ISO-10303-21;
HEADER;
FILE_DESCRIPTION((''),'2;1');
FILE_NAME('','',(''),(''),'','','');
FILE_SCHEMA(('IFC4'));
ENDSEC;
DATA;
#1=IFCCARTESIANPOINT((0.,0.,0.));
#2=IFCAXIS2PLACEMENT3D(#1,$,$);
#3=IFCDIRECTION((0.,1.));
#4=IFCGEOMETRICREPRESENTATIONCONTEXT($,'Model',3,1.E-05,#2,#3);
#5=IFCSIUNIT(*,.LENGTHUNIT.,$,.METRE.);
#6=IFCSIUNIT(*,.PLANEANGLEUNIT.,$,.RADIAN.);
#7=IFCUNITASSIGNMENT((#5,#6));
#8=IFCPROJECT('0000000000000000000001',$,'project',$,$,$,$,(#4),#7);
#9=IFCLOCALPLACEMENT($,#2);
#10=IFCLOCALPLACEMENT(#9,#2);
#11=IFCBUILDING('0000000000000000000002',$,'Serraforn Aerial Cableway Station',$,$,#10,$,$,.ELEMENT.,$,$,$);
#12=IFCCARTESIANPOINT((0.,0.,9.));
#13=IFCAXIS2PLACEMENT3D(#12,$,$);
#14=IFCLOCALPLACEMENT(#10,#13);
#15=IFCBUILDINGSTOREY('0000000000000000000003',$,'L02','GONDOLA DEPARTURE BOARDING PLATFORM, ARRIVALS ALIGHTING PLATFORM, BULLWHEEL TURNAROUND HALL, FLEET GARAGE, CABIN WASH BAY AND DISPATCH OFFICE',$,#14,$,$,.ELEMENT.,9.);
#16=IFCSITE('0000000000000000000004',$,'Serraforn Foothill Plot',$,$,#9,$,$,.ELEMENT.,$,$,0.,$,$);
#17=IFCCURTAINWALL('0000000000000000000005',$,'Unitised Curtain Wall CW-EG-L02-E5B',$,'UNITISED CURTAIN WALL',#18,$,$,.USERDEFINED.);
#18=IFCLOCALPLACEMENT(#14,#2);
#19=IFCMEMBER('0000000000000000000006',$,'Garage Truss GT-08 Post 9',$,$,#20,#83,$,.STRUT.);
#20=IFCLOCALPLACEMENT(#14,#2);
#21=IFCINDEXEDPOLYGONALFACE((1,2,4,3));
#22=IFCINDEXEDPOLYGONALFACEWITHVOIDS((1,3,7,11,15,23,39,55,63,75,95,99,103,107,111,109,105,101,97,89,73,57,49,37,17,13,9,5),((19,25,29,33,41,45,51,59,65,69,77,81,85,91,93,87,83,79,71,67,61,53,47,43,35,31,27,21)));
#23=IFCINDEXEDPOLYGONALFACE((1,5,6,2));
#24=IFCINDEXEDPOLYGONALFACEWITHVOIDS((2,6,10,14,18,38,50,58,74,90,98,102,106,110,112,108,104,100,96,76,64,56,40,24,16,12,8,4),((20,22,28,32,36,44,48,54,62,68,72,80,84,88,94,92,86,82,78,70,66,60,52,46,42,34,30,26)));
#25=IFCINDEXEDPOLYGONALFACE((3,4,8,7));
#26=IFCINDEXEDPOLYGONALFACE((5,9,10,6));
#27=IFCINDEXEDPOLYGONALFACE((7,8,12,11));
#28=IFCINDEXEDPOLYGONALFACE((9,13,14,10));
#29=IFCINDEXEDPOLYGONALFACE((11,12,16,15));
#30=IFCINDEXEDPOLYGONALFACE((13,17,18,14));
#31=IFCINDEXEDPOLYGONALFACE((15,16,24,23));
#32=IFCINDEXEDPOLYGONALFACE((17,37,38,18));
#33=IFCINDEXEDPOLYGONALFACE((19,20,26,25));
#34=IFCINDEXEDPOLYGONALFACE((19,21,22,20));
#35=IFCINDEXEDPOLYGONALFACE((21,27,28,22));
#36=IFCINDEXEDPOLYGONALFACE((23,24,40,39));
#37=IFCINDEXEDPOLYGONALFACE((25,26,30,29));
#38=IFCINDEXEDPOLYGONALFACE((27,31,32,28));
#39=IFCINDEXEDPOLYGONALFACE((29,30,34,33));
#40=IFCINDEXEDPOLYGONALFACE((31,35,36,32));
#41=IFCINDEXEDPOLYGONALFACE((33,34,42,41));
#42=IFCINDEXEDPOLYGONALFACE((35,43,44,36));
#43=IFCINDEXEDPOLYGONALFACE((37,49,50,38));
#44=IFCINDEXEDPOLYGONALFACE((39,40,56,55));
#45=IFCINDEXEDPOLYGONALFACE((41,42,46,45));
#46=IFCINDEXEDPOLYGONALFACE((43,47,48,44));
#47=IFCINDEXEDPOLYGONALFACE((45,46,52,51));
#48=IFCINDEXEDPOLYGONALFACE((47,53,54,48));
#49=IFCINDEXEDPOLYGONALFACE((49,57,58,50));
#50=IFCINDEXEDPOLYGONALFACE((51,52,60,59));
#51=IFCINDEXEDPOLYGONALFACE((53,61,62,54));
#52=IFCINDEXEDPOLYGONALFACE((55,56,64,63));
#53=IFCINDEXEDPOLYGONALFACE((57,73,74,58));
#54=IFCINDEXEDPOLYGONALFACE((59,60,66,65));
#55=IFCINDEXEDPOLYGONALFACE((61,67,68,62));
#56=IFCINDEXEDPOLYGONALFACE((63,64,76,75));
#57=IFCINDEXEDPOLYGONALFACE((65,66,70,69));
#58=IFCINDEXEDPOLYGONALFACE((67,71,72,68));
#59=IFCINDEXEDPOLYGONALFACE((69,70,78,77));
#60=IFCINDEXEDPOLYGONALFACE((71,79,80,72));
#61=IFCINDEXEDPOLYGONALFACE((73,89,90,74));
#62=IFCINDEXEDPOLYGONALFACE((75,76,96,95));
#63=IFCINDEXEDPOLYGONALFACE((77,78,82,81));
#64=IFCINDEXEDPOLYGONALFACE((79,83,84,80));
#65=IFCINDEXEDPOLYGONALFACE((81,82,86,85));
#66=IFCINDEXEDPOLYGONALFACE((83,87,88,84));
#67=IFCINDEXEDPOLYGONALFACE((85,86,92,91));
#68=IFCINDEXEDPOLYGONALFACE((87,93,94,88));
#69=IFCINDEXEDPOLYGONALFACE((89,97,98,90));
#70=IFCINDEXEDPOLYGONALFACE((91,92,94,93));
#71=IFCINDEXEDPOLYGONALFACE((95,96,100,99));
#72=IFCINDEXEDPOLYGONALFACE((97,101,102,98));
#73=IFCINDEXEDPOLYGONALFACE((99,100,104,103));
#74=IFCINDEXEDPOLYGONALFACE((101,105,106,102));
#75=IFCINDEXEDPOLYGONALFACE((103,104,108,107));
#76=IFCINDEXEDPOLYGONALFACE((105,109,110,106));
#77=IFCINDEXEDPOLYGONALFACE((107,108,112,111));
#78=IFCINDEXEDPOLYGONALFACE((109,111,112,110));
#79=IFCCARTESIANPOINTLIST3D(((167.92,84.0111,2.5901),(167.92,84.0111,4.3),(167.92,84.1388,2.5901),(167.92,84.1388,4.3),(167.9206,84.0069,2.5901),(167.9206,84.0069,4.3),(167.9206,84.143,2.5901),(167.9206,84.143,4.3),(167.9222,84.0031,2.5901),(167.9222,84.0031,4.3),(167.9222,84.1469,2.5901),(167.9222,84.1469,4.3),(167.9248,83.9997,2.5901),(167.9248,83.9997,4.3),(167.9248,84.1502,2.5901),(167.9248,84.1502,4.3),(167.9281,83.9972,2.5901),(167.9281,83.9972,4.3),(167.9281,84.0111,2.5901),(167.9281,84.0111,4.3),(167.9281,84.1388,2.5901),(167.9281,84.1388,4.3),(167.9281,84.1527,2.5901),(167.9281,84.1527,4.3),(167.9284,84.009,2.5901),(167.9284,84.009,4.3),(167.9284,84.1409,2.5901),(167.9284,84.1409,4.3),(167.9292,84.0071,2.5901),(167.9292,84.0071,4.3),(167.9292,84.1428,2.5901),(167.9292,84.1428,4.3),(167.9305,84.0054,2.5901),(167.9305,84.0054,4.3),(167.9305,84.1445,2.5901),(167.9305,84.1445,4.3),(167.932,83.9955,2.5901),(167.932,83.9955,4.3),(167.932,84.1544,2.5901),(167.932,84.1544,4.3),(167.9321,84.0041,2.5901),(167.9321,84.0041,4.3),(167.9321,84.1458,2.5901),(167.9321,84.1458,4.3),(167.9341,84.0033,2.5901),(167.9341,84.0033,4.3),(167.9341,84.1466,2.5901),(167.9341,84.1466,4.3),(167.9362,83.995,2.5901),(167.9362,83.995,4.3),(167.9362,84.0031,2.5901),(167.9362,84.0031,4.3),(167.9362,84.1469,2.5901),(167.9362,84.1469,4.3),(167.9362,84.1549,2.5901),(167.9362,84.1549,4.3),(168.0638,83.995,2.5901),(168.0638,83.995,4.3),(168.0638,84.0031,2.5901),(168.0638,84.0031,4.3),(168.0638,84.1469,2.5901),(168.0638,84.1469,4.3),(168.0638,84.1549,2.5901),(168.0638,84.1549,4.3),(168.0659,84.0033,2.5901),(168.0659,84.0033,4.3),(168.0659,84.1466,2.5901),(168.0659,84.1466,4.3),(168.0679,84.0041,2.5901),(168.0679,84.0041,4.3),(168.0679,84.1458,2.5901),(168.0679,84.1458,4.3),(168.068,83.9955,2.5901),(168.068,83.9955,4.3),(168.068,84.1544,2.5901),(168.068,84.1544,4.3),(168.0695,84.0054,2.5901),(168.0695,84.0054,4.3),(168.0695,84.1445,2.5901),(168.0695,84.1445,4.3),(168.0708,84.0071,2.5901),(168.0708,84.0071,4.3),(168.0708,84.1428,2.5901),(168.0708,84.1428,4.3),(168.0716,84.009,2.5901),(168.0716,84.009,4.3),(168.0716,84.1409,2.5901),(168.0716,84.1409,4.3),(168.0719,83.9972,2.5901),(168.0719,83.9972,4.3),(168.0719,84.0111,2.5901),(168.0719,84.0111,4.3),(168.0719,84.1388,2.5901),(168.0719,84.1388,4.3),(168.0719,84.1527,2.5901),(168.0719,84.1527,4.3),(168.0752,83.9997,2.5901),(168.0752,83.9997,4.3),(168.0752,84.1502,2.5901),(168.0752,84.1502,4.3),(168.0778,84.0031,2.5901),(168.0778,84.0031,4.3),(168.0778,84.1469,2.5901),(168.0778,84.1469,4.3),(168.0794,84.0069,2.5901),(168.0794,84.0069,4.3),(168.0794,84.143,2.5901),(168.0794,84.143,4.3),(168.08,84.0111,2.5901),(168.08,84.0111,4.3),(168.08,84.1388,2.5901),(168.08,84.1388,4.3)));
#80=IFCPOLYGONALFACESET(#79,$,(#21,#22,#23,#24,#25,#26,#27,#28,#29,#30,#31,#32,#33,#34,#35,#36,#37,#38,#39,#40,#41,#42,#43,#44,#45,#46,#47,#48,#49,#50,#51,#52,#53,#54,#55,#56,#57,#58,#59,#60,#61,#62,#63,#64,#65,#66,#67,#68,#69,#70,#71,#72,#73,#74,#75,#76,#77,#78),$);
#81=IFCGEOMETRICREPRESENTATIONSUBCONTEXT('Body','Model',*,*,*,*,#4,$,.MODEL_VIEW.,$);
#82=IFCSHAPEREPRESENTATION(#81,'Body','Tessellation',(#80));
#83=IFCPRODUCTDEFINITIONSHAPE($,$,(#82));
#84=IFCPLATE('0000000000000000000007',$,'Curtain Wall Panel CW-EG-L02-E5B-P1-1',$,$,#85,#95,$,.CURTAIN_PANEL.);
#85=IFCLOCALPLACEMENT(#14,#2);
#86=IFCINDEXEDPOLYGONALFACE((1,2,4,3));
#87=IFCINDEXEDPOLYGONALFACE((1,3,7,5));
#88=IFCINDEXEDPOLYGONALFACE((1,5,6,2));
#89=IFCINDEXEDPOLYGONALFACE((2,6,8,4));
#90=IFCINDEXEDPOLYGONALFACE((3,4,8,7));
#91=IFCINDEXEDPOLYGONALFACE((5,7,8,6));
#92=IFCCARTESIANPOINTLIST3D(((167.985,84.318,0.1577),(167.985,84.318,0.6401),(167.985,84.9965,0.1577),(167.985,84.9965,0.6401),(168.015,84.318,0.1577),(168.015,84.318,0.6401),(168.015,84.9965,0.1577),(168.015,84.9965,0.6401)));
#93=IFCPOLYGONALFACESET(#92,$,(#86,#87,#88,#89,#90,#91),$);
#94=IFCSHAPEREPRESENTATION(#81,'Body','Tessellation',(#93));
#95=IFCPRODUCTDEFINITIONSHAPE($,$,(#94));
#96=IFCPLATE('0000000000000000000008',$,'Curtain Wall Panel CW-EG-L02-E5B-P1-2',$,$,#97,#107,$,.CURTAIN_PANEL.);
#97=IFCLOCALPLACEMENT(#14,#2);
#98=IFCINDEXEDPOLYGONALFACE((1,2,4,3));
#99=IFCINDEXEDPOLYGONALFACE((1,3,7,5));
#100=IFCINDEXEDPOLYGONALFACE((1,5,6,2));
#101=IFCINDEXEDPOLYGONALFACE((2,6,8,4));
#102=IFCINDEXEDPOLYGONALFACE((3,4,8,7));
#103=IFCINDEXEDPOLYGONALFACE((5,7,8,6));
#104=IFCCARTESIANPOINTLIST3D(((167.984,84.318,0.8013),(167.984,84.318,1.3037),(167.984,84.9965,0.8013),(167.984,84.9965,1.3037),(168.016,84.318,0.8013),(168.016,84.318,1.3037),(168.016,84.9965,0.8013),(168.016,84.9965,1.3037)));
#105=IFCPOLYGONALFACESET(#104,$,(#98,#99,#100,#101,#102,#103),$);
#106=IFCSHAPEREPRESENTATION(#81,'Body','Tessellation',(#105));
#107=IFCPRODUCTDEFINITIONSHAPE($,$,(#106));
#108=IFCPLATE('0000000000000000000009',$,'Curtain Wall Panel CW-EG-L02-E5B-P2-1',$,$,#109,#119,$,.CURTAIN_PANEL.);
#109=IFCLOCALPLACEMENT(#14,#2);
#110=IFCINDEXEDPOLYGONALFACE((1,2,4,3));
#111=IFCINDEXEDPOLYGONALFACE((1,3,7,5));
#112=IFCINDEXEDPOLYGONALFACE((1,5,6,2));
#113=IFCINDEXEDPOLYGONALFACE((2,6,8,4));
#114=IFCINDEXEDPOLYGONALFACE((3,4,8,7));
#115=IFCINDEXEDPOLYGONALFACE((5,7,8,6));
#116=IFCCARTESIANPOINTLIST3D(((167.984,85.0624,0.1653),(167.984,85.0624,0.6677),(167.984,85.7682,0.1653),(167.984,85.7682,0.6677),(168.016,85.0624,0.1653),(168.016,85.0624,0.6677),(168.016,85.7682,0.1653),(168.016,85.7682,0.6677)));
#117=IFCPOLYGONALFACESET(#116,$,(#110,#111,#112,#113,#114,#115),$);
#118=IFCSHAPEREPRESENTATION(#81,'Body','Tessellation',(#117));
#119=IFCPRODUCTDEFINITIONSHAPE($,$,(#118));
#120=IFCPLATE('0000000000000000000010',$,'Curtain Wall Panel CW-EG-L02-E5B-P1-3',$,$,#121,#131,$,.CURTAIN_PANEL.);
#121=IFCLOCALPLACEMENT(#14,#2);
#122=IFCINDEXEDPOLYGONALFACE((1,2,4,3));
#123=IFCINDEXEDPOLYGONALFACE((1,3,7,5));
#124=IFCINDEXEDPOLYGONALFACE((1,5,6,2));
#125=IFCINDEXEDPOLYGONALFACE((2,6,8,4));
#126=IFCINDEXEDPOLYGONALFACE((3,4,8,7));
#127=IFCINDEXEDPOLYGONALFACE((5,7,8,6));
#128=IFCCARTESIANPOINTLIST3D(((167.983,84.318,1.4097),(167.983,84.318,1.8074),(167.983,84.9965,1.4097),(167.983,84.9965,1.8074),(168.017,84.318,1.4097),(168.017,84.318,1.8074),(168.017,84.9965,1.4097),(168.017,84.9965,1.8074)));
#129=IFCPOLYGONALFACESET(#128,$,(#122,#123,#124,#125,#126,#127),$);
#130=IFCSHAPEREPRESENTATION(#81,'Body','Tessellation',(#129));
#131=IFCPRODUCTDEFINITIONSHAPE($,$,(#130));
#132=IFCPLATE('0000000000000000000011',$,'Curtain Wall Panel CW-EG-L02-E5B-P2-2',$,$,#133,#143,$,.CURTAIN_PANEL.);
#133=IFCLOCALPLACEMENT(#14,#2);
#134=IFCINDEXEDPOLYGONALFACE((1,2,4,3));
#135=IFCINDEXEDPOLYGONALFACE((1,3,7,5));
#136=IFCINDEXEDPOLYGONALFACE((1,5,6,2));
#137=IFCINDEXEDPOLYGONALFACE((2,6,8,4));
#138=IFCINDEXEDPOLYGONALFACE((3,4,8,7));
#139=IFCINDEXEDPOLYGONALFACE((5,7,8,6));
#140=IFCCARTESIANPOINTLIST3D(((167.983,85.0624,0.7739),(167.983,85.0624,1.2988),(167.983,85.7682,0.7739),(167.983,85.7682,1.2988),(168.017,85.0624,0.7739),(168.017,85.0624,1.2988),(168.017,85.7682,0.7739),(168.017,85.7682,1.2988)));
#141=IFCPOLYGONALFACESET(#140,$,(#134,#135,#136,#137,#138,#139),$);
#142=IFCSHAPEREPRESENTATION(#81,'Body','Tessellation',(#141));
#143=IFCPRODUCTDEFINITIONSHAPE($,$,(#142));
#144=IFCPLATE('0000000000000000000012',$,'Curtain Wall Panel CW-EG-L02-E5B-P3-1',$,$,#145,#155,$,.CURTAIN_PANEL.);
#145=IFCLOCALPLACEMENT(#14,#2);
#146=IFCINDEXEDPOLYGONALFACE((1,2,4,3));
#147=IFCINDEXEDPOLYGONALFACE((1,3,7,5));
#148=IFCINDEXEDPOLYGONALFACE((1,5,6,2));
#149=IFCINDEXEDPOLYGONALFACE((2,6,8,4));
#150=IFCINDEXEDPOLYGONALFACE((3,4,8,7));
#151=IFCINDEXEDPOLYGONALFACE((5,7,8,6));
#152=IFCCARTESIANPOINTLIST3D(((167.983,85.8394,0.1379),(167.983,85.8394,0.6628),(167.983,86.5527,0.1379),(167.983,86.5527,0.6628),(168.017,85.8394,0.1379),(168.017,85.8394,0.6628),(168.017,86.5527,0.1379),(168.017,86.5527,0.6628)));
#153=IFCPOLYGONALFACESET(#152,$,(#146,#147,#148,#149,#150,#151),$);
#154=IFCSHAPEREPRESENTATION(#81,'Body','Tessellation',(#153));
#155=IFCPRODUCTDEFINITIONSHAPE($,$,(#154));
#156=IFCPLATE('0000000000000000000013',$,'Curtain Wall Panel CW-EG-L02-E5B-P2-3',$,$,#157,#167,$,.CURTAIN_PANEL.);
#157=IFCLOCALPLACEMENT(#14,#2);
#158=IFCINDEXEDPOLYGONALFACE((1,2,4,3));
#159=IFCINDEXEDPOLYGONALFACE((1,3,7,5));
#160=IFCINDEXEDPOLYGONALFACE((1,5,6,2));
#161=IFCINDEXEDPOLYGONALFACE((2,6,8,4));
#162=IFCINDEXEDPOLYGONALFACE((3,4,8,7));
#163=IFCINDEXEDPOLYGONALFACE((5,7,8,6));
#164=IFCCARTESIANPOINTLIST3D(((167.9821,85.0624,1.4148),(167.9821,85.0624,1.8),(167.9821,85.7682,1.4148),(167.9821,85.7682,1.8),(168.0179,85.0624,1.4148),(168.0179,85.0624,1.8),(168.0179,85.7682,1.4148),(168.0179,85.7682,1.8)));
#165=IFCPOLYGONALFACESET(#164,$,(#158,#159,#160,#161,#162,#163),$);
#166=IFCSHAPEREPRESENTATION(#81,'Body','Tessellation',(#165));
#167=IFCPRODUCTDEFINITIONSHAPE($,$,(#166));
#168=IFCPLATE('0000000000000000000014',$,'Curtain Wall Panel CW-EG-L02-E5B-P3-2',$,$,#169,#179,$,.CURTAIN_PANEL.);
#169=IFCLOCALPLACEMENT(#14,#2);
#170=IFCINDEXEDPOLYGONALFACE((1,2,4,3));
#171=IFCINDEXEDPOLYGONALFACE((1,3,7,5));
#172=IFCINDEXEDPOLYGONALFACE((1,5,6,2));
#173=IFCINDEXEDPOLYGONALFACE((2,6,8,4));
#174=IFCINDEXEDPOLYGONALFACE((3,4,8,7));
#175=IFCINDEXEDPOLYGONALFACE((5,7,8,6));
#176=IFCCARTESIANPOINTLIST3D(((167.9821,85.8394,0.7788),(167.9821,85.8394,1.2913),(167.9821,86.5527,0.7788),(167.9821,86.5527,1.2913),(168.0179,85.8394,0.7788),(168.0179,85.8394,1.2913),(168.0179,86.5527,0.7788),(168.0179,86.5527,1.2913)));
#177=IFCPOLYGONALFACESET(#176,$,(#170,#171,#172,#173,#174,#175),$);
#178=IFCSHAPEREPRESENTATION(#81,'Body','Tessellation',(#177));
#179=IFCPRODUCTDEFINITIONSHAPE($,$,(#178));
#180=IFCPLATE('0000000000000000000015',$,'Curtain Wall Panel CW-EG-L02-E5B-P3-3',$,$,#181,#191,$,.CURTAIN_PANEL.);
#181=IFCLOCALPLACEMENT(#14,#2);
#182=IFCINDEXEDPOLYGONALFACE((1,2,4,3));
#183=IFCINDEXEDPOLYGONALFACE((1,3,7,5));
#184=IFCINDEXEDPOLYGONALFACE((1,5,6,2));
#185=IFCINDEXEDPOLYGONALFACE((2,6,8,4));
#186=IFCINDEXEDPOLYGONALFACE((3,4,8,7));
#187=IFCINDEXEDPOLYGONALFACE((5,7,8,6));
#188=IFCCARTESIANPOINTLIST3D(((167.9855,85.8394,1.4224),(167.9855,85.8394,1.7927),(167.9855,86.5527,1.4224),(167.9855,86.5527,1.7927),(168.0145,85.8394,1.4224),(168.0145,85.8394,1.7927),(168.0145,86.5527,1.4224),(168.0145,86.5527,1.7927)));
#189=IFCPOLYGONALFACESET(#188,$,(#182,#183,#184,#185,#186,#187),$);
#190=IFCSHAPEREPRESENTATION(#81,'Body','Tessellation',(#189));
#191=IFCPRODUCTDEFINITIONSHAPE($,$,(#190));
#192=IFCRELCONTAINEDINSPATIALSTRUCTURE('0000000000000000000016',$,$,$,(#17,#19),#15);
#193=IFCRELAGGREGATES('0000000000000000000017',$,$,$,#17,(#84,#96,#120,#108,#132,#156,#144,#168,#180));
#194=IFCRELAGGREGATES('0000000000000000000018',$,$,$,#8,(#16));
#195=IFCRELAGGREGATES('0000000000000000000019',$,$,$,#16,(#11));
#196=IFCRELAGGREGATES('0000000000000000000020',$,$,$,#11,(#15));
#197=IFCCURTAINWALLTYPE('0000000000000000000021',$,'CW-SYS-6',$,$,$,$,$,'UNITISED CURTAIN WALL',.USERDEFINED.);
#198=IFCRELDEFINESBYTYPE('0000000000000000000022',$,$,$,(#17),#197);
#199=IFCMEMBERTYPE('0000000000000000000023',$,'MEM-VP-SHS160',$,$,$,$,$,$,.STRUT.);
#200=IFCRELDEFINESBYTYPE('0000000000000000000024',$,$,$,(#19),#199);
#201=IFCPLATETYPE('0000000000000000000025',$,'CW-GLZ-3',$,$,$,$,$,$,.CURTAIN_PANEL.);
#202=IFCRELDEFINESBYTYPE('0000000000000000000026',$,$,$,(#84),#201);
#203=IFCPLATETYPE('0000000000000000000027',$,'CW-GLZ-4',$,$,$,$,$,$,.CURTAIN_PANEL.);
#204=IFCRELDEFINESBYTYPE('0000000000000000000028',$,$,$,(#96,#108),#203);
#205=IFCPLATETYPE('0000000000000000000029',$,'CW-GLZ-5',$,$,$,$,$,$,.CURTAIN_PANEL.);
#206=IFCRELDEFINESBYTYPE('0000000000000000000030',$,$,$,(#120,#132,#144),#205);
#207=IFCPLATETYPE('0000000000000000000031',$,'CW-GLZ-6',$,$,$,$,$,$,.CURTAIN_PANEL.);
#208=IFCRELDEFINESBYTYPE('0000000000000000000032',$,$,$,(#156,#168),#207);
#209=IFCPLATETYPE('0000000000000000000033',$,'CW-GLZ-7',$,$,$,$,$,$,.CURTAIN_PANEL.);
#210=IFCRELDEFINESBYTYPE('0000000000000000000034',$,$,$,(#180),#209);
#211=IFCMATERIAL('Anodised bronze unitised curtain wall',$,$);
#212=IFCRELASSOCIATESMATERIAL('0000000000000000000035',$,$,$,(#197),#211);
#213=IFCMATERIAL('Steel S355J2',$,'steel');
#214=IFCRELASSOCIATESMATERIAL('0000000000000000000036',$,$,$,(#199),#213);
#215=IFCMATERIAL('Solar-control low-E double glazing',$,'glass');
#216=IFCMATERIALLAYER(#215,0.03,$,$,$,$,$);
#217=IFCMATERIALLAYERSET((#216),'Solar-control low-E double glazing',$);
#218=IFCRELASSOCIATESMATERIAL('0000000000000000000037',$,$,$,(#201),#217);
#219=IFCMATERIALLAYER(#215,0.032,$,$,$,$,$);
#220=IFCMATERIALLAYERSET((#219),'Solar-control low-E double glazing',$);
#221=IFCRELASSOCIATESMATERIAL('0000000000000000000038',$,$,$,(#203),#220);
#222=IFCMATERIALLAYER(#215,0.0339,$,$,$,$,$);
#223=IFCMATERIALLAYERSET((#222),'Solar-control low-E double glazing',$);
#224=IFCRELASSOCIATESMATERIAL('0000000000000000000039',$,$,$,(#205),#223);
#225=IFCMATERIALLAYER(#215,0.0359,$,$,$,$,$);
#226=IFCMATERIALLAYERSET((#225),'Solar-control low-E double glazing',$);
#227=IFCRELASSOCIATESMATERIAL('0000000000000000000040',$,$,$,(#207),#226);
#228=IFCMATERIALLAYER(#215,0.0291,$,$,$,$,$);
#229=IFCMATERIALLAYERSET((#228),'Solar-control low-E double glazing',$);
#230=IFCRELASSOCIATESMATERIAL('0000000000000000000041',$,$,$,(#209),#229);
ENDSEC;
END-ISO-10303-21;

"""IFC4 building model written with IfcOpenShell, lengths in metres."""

from ifc_helpers import new_model, si_unit, direction, frame, origin, origin_2d, place, context, subcontext, project, spatial, rectangle, hollow_rectangle, extrude, material, layer, layer_set, material_profile, profile_set, type_object, element, aggregate, save


model = new_model("IFC4")

# Units and contexts
model_context = context("Model", 3, precision=1e-05, world=origin(), true_north=direction((0.0, 1.0)))
body_context = subcontext(model_context, "Body", "Model", "MODEL_VIEW")
ifc_project = project(units=[si_unit("LENGTHUNIT", "METRE"), si_unit("PLANEANGLEUNIT", "RADIAN")], contexts=[model_context])

# Site, building, storey
site_placement = place(None, origin())
site = spatial("IfcSite", under=ifc_project, at=site_placement, Name="Serraforn Foothill Plot", CompositionType="ELEMENT", RefElevation=0.0)
building_placement = place(site_placement, origin())
building = spatial("IfcBuilding", under=site, at=building_placement, Name="Serraforn Aerial Cableway Station", CompositionType="ELEMENT")
storey_placement = place(building_placement, frame((0.0, 0.0, 9.0)))
storey = spatial("IfcBuildingStorey", under=building, at=storey_placement, Name="L02", Description="GONDOLA DEPARTURE BOARDING PLATFORM, ARRIVALS ALIGHTING PLATFORM, BULLWHEEL TURNAROUND HALL, FLEET GARAGE, CABIN WASH BAY AND DISPATCH OFFICE", CompositionType="ELEMENT", Elevation=9.0)

# Curtain wall
ifc_material_1 = material(Name="Anodised bronze unitised curtain wall")
curtain_wall_type_1 = type_object("IfcCurtainWallType", Name="CW-SYS-6", ElementType="UNITISED CURTAIN WALL", PredefinedType="USERDEFINED", material=ifc_material_1)
curtain_wall_1_placement = place(storey_placement, origin())
curtain_wall_1 = element("IfcCurtainWall", 1, at=curtain_wall_1_placement, inside=storey, type_object=curtain_wall_type_1, Name="Unitised Curtain Wall CW-EG-L02-E5B", ObjectType="UNITISED CURTAIN WALL", PredefinedType="USERDEFINED")

# Member
ifc_material_2 = material(Name="Steel S355J2", Category="steel")
ifc_material_profile_1 = material_profile(ifc_material_2, hollow_rectangle(XDim=0.1599, YDim=0.1599, WallThickness=0.0081, InnerFilletRadius=0.0081, OuterFilletRadius=0.0161, at=origin_2d()), Name="SHS 160x160x8.0")
ifc_profile_set_1 = profile_set([ifc_material_profile_1], Name="Steel S355J2")
member_type_1 = type_object("IfcMemberType", Name="MEM-VP-SHS160", PredefinedType="STRUT", material=ifc_profile_set_1)
member_1_placement = place(storey_placement, frame((168.0, 84.075, 2.5901), z_axis=(0.0, 0.0, 1.0), x_axis=(1.0, 0.0, 0.0)))
element("IfcMember", 2, at=member_1_placement, inside=storey, type_object=member_type_1, Name="Garage Truss GT-08 Post 9", PredefinedType="STRUT", context=body_context, shape_type="SweptSolid", body=[
    extrude(hollow_rectangle(XDim=0.1599, YDim=0.1599, WallThickness=0.0081, InnerFilletRadius=0.0081, OuterFilletRadius=0.0161, at=origin_2d()), origin(), (0.0, 0.0, 1.0), 1.71),
])

# Plates
ifc_material_3 = material(Name="Solar-control low-E double glazing", Category="glass")
ifc_layer_1 = layer(ifc_material_3, 0.03)
ifc_layer_set_1 = layer_set([ifc_layer_1], Name="Solar-control low-E double glazing")
plate_type_1 = type_object("IfcPlateType", Name="CW-GLZ-3", PredefinedType="CURTAIN_PANEL", material=ifc_layer_set_1)
plate_1_placement = place(storey_placement, frame((168.0, 84.6572, 0.1577), z_axis=(0.0, 0.0, 1.0), x_axis=(1.0, 0.0, 0.0)))
plate_1 = element("IfcPlate", 3, at=plate_1_placement, type_object=plate_type_1, Name="Curtain Wall Panel CW-EG-L02-E5B-P1-1", PredefinedType="CURTAIN_PANEL", context=body_context, shape_type="SweptSolid", body=[
    extrude(rectangle(XDim=0.03, YDim=0.6785, at=origin_2d()), origin(), (0.0, 0.0, 1.0), 0.4824),
])
ifc_layer_2 = layer(ifc_material_3, 0.032)
ifc_layer_set_2 = layer_set([ifc_layer_2], Name="Solar-control low-E double glazing")
plate_type_2 = type_object("IfcPlateType", Name="CW-GLZ-4", PredefinedType="CURTAIN_PANEL", material=ifc_layer_set_2)
plate_2_placement = place(storey_placement, frame((168.0, 84.6572, 0.8013), z_axis=(0.0, 0.0, 1.0), x_axis=(1.0, 0.0, 0.0)))
plate_2 = element("IfcPlate", 4, at=plate_2_placement, type_object=plate_type_2, Name="Curtain Wall Panel CW-EG-L02-E5B-P1-2", PredefinedType="CURTAIN_PANEL", context=body_context, shape_type="SweptSolid", body=[
    extrude(rectangle(XDim=0.032, YDim=0.6785, at=origin_2d()), origin(), (0.0, 0.0, 1.0), 0.5024),
])
plate_3_placement = place(storey_placement, frame((168.0, 85.4153, 0.1653), z_axis=(0.0, 0.0, 1.0), x_axis=(1.0, 0.0, 0.0)))
plate_3 = element("IfcPlate", 5, at=plate_3_placement, type_object=plate_type_2, Name="Curtain Wall Panel CW-EG-L02-E5B-P2-1", PredefinedType="CURTAIN_PANEL", context=body_context, shape_type="SweptSolid", body=[
    extrude(rectangle(XDim=0.032, YDim=0.7058, at=origin_2d()), origin(), (0.0, 0.0, 1.0), 0.5024),
])
ifc_layer_3 = layer(ifc_material_3, 0.0339)
ifc_layer_set_3 = layer_set([ifc_layer_3], Name="Solar-control low-E double glazing")
plate_type_3 = type_object("IfcPlateType", Name="CW-GLZ-5", PredefinedType="CURTAIN_PANEL", material=ifc_layer_set_3)
plate_4_placement = place(storey_placement, frame((168.0, 84.6572, 1.4097), z_axis=(0.0, 0.0, 1.0), x_axis=(1.0, 0.0, 0.0)))
plate_4 = element("IfcPlate", 6, at=plate_4_placement, type_object=plate_type_3, Name="Curtain Wall Panel CW-EG-L02-E5B-P1-3", PredefinedType="CURTAIN_PANEL", context=body_context, shape_type="SweptSolid", body=[
    extrude(rectangle(XDim=0.0339, YDim=0.6785, at=origin_2d()), origin(), (0.0, 0.0, 1.0), 0.3977),
])
plate_5_placement = place(storey_placement, frame((168.0, 85.4153, 0.7739), z_axis=(0.0, 0.0, 1.0), x_axis=(1.0, 0.0, 0.0)))
plate_5 = element("IfcPlate", 7, at=plate_5_placement, type_object=plate_type_3, Name="Curtain Wall Panel CW-EG-L02-E5B-P2-2", PredefinedType="CURTAIN_PANEL", context=body_context, shape_type="SweptSolid", body=[
    extrude(rectangle(XDim=0.0339, YDim=0.7058, at=origin_2d()), origin(), (0.0, 0.0, 1.0), 0.5249),
])
plate_6_placement = place(storey_placement, frame((168.0, 86.196, 0.1379), z_axis=(0.0, 0.0, 1.0), x_axis=(1.0, 0.0, 0.0)))
plate_6 = element("IfcPlate", 8, at=plate_6_placement, type_object=plate_type_3, Name="Curtain Wall Panel CW-EG-L02-E5B-P3-1", PredefinedType="CURTAIN_PANEL", context=body_context, shape_type="SweptSolid", body=[
    extrude(rectangle(XDim=0.0339, YDim=0.7134, at=origin_2d()), origin(), (0.0, 0.0, 1.0), 0.5249),
])
ifc_layer_4 = layer(ifc_material_3, 0.0359)
ifc_layer_set_4 = layer_set([ifc_layer_4], Name="Solar-control low-E double glazing")
plate_type_4 = type_object("IfcPlateType", Name="CW-GLZ-6", PredefinedType="CURTAIN_PANEL", material=ifc_layer_set_4)
plate_7_placement = place(storey_placement, frame((168.0, 85.4153, 1.4148), z_axis=(0.0, 0.0, 1.0), x_axis=(1.0, 0.0, 0.0)))
plate_7 = element("IfcPlate", 9, at=plate_7_placement, type_object=plate_type_4, Name="Curtain Wall Panel CW-EG-L02-E5B-P2-3", PredefinedType="CURTAIN_PANEL", context=body_context, shape_type="SweptSolid", body=[
    extrude(rectangle(XDim=0.0359, YDim=0.7058, at=origin_2d()), origin(), (0.0, 0.0, 1.0), 0.3853),
])
plate_8_placement = place(storey_placement, frame((168.0, 86.196, 0.7788), z_axis=(0.0, 0.0, 1.0), x_axis=(1.0, 0.0, 0.0)))
plate_8 = element("IfcPlate", 10, at=plate_8_placement, type_object=plate_type_4, Name="Curtain Wall Panel CW-EG-L02-E5B-P3-2", PredefinedType="CURTAIN_PANEL", context=body_context, shape_type="SweptSolid", body=[
    extrude(rectangle(XDim=0.0359, YDim=0.7134, at=origin_2d()), origin(), (0.0, 0.0, 1.0), 0.5125),
])
ifc_layer_5 = layer(ifc_material_3, 0.0291)
ifc_layer_set_5 = layer_set([ifc_layer_5], Name="Solar-control low-E double glazing")
plate_type_5 = type_object("IfcPlateType", Name="CW-GLZ-7", PredefinedType="CURTAIN_PANEL", material=ifc_layer_set_5)
plate_9_placement = place(storey_placement, frame((168.0, 86.196, 1.4224), z_axis=(0.0, 0.0, 1.0), x_axis=(1.0, 0.0, 0.0)))
plate_9 = element("IfcPlate", 11, at=plate_9_placement, type_object=plate_type_5, Name="Curtain Wall Panel CW-EG-L02-E5B-P3-3", PredefinedType="CURTAIN_PANEL", context=body_context, shape_type="SweptSolid", body=[
    extrude(rectangle(XDim=0.0291, YDim=0.7134, at=origin_2d()), origin(), (0.0, 0.0, 1.0), 0.3704),
])
aggregate(curtain_wall_1, [plate_1, plate_2, plate_4, plate_3, plate_5, plate_7, plate_6, plate_8, plate_9])

save(model, "model.ifc")
